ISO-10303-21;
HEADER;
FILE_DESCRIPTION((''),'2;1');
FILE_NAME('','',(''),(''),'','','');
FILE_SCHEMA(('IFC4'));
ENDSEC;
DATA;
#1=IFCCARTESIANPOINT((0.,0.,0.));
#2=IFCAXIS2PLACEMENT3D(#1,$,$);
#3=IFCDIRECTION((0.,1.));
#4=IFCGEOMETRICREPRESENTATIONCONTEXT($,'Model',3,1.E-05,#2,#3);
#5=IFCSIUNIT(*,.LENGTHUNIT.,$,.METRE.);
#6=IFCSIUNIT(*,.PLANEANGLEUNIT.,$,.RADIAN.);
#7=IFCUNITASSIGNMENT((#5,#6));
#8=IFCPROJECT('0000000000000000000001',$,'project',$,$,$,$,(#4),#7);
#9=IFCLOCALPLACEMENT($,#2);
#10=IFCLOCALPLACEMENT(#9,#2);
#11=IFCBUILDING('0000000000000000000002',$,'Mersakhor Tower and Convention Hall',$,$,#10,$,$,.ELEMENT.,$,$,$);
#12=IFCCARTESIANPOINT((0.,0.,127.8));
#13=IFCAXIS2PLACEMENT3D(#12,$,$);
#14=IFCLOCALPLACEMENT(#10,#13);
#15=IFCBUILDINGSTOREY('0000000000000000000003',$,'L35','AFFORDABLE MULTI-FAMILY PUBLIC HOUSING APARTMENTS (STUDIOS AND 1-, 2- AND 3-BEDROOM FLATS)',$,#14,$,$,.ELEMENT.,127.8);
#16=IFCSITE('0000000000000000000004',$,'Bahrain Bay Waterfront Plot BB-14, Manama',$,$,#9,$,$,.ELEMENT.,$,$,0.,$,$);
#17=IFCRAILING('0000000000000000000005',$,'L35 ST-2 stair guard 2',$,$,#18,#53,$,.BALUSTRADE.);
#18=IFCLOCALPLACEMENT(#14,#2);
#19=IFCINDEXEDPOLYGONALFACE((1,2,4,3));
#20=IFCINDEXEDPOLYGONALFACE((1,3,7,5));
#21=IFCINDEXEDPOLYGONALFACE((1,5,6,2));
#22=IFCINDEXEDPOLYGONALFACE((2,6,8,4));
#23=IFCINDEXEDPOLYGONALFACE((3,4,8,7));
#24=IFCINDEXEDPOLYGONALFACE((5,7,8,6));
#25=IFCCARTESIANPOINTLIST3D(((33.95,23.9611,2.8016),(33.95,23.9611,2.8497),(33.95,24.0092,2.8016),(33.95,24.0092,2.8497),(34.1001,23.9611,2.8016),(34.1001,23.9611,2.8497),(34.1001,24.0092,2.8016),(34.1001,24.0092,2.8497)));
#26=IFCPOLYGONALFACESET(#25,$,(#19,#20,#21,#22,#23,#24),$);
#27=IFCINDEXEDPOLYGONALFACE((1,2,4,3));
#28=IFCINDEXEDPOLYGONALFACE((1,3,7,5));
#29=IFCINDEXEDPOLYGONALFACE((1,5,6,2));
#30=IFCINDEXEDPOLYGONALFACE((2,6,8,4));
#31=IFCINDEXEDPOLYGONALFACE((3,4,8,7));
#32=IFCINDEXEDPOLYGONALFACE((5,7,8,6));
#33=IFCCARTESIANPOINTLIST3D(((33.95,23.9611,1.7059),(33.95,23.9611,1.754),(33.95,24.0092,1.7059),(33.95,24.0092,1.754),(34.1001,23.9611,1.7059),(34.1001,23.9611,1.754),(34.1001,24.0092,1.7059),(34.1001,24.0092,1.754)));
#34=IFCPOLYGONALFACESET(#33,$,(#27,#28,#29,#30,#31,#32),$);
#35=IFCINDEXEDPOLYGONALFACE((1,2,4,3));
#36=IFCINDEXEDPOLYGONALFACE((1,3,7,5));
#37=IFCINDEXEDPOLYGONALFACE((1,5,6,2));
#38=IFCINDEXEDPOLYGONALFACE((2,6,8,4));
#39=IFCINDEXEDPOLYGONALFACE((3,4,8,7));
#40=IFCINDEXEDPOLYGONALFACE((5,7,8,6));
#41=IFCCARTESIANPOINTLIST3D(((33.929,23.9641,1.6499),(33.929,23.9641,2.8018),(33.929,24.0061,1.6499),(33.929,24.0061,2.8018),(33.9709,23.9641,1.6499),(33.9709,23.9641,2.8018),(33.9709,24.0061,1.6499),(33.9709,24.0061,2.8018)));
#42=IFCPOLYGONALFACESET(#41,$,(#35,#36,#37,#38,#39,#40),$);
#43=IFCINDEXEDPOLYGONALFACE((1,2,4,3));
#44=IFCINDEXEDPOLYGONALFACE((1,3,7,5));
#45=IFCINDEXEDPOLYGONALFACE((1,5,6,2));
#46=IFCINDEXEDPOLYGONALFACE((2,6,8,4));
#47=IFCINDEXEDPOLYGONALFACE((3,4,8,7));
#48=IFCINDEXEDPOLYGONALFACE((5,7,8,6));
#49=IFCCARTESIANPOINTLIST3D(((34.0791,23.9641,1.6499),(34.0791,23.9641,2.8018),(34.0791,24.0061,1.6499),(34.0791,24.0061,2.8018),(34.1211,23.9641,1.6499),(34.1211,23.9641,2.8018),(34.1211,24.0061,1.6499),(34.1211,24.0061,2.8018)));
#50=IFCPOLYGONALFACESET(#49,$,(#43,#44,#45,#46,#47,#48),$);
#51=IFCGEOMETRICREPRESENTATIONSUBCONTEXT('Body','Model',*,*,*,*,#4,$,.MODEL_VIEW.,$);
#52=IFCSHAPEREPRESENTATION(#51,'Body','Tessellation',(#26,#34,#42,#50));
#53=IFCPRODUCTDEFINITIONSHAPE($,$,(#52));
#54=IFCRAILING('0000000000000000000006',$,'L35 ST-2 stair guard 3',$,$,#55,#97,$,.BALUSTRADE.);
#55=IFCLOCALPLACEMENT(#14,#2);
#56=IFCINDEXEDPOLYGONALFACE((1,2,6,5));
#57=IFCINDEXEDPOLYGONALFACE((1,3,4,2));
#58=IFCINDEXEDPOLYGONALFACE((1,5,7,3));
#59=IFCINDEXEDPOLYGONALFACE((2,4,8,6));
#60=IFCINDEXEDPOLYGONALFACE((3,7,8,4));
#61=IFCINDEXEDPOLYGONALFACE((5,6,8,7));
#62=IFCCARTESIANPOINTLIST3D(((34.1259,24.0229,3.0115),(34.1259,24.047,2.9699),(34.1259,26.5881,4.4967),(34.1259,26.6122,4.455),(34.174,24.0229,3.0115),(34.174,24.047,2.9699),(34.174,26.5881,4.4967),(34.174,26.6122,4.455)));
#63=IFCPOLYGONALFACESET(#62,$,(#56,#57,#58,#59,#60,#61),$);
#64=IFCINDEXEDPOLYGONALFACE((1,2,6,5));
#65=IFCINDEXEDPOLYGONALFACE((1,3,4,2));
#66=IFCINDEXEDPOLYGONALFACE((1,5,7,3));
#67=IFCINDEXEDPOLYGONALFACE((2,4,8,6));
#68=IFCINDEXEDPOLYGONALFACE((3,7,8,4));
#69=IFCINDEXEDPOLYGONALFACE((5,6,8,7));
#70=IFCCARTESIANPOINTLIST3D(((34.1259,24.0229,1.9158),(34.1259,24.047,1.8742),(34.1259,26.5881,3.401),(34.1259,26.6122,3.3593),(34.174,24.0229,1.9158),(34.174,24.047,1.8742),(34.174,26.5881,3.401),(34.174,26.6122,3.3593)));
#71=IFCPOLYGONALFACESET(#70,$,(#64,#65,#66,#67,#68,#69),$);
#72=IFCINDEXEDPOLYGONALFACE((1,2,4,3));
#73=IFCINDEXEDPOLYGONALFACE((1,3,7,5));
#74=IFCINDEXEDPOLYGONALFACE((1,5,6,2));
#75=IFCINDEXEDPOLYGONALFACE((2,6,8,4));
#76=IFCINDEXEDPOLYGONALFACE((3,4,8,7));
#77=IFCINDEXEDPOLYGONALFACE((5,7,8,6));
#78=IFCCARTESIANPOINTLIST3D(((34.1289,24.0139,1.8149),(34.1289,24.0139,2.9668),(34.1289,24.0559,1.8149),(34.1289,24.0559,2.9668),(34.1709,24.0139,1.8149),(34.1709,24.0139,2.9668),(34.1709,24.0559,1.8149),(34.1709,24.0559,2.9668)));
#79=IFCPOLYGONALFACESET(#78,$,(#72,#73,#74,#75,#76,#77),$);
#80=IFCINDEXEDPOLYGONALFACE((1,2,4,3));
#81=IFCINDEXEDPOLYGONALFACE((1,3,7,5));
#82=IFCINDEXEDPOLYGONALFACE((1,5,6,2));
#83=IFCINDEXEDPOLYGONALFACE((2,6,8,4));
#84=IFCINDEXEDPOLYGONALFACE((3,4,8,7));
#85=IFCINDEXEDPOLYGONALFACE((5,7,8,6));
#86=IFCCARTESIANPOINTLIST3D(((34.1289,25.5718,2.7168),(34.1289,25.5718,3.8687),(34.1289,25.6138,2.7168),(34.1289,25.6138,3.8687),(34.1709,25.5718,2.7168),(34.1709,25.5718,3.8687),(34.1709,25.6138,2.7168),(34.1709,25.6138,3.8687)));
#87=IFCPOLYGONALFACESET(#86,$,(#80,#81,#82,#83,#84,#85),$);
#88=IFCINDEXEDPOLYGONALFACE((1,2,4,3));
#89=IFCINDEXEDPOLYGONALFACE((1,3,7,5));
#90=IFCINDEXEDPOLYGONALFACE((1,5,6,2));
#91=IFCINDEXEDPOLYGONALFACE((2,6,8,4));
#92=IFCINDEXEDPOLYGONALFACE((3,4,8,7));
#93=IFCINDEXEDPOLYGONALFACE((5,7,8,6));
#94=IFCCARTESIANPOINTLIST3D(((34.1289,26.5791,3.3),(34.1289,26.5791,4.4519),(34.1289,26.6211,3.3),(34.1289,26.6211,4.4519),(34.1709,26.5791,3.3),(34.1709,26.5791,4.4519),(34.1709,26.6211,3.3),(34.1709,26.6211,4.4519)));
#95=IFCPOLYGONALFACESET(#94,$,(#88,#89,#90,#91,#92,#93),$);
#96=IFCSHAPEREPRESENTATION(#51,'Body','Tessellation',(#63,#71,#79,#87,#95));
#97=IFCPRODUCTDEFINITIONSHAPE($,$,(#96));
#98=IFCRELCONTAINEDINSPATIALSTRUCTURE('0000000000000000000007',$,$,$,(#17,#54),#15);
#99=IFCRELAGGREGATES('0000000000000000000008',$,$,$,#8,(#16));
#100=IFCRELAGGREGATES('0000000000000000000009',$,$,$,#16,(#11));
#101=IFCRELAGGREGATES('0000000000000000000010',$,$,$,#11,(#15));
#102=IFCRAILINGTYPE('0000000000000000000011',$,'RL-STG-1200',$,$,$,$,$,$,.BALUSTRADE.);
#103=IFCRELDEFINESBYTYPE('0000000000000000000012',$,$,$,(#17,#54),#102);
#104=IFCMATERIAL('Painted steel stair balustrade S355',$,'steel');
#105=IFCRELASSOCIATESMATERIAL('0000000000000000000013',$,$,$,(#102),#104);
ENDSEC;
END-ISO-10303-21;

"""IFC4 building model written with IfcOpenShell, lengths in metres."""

from ifc_helpers import new_model, si_unit, direction, frame, origin, origin_2d, place, context, subcontext, project, spatial, rectangle, extrude, material, type_object, element, save


model = new_model("IFC4")

# Units and contexts
model_context = context("Model", 3, precision=1e-05, world=origin(), true_north=direction((0.0, 1.0)))
body_context = subcontext(model_context, "Body", "Model", "MODEL_VIEW")
ifc_project = project(units=[si_unit("LENGTHUNIT", "METRE"), si_unit("PLANEANGLEUNIT", "RADIAN")], contexts=[model_context])

# Site, building, storey
site_placement = place(None, origin())
site = spatial("IfcSite", under=ifc_project, at=site_placement, Name="Bahrain Bay Waterfront Plot BB-14, Manama", CompositionType="ELEMENT", RefElevation=0.0)
building_placement = place(site_placement, origin())
building = spatial("IfcBuilding", under=site, at=building_placement, Name="Mersakhor Tower and Convention Hall", CompositionType="ELEMENT")
storey_placement = place(building_placement, frame((0.0, 0.0, 127.8)))
storey = spatial("IfcBuildingStorey", under=building, at=storey_placement, Name="L35", Description="AFFORDABLE MULTI-FAMILY PUBLIC HOUSING APARTMENTS (STUDIOS AND 1-, 2- AND 3-BEDROOM FLATS)", CompositionType="ELEMENT", Elevation=127.8)

# Railings
ifc_material_1 = material(Name="Painted steel stair balustrade S355", Category="steel")
railing_type_1 = type_object("IfcRailingType", Name="RL-STG-1200", PredefinedType="BALUSTRADE", material=ifc_material_1)
railing_1_placement = place(storey_placement, frame((33.95, 23.9851, 1.6499)))
element("IfcRailing", 1, at=railing_1_placement, inside=storey, type_object=railing_type_1, Name="L35 ST-2 stair guard 2", PredefinedType="BALUSTRADE", context=body_context, shape_type="SweptSolid", body=[
    extrude(rectangle(XDim=0.0481, YDim=0.0481, at=origin_2d()), frame((0.0, 0.0, 1.1758), z_axis=(1.0, 0.0, 0.0), x_axis=(0.0, 1.0, 0.0)), (0.0, 0.0, 1.0), 0.1501),
    extrude(rectangle(XDim=0.0481, YDim=0.0481, at=origin_2d()), frame((0.0, 0.0, 0.0801), z_axis=(1.0, 0.0, 0.0), x_axis=(0.0, 1.0, 0.0)), (0.0, 0.0, 1.0), 0.1501),
    extrude(rectangle(XDim=0.042, YDim=0.042, at=origin_2d()), origin(), (0.0, 0.0, 1.0), 1.1519),
    extrude(rectangle(XDim=0.042, YDim=0.042, at=origin_2d()), frame((0.1501, 0.0, 0.0)), (0.0, 0.0, 1.0), 1.1519),
])
railing_2_placement = place(storey_placement, frame((34.1499, 24.0349, 1.8149)))
element("IfcRailing", 2, at=railing_2_placement, inside=storey, type_object=railing_type_1, Name="L35 ST-2 stair guard 3", PredefinedType="BALUSTRADE", context=body_context, shape_type="SweptSolid", body=[
    extrude(rectangle(XDim=0.0481, YDim=0.0481, at=origin_2d()), frame((0.0, 0.0, 1.1758), z_axis=(0.0, 0.865426, 0.501036), x_axis=(-1.0, 0.0, 0.0)), (0.0, 0.0, 1.0), 2.9641),
    extrude(rectangle(XDim=0.0481, YDim=0.0481, at=origin_2d()), frame((0.0, 0.0, 0.0801), z_axis=(0.0, 0.865426, 0.501036), x_axis=(-1.0, 0.0, 0.0)), (0.0, 0.0, 1.0), 2.9641),
    extrude(rectangle(XDim=0.042, YDim=0.042, at=origin_2d()), origin(), (0.0, 0.0, 1.0), 1.1519),
    extrude(rectangle(XDim=0.042, YDim=0.042, at=origin_2d()), frame((0.0, 1.5579, 0.9019)), (0.0, 0.0, 1.0), 1.1519),
    extrude(rectangle(XDim=0.042, YDim=0.042, at=origin_2d()), frame((0.0, 2.5652, 1.4851)), (0.0, 0.0, 1.0), 1.1519),
])

save(model, "model.ifc")
